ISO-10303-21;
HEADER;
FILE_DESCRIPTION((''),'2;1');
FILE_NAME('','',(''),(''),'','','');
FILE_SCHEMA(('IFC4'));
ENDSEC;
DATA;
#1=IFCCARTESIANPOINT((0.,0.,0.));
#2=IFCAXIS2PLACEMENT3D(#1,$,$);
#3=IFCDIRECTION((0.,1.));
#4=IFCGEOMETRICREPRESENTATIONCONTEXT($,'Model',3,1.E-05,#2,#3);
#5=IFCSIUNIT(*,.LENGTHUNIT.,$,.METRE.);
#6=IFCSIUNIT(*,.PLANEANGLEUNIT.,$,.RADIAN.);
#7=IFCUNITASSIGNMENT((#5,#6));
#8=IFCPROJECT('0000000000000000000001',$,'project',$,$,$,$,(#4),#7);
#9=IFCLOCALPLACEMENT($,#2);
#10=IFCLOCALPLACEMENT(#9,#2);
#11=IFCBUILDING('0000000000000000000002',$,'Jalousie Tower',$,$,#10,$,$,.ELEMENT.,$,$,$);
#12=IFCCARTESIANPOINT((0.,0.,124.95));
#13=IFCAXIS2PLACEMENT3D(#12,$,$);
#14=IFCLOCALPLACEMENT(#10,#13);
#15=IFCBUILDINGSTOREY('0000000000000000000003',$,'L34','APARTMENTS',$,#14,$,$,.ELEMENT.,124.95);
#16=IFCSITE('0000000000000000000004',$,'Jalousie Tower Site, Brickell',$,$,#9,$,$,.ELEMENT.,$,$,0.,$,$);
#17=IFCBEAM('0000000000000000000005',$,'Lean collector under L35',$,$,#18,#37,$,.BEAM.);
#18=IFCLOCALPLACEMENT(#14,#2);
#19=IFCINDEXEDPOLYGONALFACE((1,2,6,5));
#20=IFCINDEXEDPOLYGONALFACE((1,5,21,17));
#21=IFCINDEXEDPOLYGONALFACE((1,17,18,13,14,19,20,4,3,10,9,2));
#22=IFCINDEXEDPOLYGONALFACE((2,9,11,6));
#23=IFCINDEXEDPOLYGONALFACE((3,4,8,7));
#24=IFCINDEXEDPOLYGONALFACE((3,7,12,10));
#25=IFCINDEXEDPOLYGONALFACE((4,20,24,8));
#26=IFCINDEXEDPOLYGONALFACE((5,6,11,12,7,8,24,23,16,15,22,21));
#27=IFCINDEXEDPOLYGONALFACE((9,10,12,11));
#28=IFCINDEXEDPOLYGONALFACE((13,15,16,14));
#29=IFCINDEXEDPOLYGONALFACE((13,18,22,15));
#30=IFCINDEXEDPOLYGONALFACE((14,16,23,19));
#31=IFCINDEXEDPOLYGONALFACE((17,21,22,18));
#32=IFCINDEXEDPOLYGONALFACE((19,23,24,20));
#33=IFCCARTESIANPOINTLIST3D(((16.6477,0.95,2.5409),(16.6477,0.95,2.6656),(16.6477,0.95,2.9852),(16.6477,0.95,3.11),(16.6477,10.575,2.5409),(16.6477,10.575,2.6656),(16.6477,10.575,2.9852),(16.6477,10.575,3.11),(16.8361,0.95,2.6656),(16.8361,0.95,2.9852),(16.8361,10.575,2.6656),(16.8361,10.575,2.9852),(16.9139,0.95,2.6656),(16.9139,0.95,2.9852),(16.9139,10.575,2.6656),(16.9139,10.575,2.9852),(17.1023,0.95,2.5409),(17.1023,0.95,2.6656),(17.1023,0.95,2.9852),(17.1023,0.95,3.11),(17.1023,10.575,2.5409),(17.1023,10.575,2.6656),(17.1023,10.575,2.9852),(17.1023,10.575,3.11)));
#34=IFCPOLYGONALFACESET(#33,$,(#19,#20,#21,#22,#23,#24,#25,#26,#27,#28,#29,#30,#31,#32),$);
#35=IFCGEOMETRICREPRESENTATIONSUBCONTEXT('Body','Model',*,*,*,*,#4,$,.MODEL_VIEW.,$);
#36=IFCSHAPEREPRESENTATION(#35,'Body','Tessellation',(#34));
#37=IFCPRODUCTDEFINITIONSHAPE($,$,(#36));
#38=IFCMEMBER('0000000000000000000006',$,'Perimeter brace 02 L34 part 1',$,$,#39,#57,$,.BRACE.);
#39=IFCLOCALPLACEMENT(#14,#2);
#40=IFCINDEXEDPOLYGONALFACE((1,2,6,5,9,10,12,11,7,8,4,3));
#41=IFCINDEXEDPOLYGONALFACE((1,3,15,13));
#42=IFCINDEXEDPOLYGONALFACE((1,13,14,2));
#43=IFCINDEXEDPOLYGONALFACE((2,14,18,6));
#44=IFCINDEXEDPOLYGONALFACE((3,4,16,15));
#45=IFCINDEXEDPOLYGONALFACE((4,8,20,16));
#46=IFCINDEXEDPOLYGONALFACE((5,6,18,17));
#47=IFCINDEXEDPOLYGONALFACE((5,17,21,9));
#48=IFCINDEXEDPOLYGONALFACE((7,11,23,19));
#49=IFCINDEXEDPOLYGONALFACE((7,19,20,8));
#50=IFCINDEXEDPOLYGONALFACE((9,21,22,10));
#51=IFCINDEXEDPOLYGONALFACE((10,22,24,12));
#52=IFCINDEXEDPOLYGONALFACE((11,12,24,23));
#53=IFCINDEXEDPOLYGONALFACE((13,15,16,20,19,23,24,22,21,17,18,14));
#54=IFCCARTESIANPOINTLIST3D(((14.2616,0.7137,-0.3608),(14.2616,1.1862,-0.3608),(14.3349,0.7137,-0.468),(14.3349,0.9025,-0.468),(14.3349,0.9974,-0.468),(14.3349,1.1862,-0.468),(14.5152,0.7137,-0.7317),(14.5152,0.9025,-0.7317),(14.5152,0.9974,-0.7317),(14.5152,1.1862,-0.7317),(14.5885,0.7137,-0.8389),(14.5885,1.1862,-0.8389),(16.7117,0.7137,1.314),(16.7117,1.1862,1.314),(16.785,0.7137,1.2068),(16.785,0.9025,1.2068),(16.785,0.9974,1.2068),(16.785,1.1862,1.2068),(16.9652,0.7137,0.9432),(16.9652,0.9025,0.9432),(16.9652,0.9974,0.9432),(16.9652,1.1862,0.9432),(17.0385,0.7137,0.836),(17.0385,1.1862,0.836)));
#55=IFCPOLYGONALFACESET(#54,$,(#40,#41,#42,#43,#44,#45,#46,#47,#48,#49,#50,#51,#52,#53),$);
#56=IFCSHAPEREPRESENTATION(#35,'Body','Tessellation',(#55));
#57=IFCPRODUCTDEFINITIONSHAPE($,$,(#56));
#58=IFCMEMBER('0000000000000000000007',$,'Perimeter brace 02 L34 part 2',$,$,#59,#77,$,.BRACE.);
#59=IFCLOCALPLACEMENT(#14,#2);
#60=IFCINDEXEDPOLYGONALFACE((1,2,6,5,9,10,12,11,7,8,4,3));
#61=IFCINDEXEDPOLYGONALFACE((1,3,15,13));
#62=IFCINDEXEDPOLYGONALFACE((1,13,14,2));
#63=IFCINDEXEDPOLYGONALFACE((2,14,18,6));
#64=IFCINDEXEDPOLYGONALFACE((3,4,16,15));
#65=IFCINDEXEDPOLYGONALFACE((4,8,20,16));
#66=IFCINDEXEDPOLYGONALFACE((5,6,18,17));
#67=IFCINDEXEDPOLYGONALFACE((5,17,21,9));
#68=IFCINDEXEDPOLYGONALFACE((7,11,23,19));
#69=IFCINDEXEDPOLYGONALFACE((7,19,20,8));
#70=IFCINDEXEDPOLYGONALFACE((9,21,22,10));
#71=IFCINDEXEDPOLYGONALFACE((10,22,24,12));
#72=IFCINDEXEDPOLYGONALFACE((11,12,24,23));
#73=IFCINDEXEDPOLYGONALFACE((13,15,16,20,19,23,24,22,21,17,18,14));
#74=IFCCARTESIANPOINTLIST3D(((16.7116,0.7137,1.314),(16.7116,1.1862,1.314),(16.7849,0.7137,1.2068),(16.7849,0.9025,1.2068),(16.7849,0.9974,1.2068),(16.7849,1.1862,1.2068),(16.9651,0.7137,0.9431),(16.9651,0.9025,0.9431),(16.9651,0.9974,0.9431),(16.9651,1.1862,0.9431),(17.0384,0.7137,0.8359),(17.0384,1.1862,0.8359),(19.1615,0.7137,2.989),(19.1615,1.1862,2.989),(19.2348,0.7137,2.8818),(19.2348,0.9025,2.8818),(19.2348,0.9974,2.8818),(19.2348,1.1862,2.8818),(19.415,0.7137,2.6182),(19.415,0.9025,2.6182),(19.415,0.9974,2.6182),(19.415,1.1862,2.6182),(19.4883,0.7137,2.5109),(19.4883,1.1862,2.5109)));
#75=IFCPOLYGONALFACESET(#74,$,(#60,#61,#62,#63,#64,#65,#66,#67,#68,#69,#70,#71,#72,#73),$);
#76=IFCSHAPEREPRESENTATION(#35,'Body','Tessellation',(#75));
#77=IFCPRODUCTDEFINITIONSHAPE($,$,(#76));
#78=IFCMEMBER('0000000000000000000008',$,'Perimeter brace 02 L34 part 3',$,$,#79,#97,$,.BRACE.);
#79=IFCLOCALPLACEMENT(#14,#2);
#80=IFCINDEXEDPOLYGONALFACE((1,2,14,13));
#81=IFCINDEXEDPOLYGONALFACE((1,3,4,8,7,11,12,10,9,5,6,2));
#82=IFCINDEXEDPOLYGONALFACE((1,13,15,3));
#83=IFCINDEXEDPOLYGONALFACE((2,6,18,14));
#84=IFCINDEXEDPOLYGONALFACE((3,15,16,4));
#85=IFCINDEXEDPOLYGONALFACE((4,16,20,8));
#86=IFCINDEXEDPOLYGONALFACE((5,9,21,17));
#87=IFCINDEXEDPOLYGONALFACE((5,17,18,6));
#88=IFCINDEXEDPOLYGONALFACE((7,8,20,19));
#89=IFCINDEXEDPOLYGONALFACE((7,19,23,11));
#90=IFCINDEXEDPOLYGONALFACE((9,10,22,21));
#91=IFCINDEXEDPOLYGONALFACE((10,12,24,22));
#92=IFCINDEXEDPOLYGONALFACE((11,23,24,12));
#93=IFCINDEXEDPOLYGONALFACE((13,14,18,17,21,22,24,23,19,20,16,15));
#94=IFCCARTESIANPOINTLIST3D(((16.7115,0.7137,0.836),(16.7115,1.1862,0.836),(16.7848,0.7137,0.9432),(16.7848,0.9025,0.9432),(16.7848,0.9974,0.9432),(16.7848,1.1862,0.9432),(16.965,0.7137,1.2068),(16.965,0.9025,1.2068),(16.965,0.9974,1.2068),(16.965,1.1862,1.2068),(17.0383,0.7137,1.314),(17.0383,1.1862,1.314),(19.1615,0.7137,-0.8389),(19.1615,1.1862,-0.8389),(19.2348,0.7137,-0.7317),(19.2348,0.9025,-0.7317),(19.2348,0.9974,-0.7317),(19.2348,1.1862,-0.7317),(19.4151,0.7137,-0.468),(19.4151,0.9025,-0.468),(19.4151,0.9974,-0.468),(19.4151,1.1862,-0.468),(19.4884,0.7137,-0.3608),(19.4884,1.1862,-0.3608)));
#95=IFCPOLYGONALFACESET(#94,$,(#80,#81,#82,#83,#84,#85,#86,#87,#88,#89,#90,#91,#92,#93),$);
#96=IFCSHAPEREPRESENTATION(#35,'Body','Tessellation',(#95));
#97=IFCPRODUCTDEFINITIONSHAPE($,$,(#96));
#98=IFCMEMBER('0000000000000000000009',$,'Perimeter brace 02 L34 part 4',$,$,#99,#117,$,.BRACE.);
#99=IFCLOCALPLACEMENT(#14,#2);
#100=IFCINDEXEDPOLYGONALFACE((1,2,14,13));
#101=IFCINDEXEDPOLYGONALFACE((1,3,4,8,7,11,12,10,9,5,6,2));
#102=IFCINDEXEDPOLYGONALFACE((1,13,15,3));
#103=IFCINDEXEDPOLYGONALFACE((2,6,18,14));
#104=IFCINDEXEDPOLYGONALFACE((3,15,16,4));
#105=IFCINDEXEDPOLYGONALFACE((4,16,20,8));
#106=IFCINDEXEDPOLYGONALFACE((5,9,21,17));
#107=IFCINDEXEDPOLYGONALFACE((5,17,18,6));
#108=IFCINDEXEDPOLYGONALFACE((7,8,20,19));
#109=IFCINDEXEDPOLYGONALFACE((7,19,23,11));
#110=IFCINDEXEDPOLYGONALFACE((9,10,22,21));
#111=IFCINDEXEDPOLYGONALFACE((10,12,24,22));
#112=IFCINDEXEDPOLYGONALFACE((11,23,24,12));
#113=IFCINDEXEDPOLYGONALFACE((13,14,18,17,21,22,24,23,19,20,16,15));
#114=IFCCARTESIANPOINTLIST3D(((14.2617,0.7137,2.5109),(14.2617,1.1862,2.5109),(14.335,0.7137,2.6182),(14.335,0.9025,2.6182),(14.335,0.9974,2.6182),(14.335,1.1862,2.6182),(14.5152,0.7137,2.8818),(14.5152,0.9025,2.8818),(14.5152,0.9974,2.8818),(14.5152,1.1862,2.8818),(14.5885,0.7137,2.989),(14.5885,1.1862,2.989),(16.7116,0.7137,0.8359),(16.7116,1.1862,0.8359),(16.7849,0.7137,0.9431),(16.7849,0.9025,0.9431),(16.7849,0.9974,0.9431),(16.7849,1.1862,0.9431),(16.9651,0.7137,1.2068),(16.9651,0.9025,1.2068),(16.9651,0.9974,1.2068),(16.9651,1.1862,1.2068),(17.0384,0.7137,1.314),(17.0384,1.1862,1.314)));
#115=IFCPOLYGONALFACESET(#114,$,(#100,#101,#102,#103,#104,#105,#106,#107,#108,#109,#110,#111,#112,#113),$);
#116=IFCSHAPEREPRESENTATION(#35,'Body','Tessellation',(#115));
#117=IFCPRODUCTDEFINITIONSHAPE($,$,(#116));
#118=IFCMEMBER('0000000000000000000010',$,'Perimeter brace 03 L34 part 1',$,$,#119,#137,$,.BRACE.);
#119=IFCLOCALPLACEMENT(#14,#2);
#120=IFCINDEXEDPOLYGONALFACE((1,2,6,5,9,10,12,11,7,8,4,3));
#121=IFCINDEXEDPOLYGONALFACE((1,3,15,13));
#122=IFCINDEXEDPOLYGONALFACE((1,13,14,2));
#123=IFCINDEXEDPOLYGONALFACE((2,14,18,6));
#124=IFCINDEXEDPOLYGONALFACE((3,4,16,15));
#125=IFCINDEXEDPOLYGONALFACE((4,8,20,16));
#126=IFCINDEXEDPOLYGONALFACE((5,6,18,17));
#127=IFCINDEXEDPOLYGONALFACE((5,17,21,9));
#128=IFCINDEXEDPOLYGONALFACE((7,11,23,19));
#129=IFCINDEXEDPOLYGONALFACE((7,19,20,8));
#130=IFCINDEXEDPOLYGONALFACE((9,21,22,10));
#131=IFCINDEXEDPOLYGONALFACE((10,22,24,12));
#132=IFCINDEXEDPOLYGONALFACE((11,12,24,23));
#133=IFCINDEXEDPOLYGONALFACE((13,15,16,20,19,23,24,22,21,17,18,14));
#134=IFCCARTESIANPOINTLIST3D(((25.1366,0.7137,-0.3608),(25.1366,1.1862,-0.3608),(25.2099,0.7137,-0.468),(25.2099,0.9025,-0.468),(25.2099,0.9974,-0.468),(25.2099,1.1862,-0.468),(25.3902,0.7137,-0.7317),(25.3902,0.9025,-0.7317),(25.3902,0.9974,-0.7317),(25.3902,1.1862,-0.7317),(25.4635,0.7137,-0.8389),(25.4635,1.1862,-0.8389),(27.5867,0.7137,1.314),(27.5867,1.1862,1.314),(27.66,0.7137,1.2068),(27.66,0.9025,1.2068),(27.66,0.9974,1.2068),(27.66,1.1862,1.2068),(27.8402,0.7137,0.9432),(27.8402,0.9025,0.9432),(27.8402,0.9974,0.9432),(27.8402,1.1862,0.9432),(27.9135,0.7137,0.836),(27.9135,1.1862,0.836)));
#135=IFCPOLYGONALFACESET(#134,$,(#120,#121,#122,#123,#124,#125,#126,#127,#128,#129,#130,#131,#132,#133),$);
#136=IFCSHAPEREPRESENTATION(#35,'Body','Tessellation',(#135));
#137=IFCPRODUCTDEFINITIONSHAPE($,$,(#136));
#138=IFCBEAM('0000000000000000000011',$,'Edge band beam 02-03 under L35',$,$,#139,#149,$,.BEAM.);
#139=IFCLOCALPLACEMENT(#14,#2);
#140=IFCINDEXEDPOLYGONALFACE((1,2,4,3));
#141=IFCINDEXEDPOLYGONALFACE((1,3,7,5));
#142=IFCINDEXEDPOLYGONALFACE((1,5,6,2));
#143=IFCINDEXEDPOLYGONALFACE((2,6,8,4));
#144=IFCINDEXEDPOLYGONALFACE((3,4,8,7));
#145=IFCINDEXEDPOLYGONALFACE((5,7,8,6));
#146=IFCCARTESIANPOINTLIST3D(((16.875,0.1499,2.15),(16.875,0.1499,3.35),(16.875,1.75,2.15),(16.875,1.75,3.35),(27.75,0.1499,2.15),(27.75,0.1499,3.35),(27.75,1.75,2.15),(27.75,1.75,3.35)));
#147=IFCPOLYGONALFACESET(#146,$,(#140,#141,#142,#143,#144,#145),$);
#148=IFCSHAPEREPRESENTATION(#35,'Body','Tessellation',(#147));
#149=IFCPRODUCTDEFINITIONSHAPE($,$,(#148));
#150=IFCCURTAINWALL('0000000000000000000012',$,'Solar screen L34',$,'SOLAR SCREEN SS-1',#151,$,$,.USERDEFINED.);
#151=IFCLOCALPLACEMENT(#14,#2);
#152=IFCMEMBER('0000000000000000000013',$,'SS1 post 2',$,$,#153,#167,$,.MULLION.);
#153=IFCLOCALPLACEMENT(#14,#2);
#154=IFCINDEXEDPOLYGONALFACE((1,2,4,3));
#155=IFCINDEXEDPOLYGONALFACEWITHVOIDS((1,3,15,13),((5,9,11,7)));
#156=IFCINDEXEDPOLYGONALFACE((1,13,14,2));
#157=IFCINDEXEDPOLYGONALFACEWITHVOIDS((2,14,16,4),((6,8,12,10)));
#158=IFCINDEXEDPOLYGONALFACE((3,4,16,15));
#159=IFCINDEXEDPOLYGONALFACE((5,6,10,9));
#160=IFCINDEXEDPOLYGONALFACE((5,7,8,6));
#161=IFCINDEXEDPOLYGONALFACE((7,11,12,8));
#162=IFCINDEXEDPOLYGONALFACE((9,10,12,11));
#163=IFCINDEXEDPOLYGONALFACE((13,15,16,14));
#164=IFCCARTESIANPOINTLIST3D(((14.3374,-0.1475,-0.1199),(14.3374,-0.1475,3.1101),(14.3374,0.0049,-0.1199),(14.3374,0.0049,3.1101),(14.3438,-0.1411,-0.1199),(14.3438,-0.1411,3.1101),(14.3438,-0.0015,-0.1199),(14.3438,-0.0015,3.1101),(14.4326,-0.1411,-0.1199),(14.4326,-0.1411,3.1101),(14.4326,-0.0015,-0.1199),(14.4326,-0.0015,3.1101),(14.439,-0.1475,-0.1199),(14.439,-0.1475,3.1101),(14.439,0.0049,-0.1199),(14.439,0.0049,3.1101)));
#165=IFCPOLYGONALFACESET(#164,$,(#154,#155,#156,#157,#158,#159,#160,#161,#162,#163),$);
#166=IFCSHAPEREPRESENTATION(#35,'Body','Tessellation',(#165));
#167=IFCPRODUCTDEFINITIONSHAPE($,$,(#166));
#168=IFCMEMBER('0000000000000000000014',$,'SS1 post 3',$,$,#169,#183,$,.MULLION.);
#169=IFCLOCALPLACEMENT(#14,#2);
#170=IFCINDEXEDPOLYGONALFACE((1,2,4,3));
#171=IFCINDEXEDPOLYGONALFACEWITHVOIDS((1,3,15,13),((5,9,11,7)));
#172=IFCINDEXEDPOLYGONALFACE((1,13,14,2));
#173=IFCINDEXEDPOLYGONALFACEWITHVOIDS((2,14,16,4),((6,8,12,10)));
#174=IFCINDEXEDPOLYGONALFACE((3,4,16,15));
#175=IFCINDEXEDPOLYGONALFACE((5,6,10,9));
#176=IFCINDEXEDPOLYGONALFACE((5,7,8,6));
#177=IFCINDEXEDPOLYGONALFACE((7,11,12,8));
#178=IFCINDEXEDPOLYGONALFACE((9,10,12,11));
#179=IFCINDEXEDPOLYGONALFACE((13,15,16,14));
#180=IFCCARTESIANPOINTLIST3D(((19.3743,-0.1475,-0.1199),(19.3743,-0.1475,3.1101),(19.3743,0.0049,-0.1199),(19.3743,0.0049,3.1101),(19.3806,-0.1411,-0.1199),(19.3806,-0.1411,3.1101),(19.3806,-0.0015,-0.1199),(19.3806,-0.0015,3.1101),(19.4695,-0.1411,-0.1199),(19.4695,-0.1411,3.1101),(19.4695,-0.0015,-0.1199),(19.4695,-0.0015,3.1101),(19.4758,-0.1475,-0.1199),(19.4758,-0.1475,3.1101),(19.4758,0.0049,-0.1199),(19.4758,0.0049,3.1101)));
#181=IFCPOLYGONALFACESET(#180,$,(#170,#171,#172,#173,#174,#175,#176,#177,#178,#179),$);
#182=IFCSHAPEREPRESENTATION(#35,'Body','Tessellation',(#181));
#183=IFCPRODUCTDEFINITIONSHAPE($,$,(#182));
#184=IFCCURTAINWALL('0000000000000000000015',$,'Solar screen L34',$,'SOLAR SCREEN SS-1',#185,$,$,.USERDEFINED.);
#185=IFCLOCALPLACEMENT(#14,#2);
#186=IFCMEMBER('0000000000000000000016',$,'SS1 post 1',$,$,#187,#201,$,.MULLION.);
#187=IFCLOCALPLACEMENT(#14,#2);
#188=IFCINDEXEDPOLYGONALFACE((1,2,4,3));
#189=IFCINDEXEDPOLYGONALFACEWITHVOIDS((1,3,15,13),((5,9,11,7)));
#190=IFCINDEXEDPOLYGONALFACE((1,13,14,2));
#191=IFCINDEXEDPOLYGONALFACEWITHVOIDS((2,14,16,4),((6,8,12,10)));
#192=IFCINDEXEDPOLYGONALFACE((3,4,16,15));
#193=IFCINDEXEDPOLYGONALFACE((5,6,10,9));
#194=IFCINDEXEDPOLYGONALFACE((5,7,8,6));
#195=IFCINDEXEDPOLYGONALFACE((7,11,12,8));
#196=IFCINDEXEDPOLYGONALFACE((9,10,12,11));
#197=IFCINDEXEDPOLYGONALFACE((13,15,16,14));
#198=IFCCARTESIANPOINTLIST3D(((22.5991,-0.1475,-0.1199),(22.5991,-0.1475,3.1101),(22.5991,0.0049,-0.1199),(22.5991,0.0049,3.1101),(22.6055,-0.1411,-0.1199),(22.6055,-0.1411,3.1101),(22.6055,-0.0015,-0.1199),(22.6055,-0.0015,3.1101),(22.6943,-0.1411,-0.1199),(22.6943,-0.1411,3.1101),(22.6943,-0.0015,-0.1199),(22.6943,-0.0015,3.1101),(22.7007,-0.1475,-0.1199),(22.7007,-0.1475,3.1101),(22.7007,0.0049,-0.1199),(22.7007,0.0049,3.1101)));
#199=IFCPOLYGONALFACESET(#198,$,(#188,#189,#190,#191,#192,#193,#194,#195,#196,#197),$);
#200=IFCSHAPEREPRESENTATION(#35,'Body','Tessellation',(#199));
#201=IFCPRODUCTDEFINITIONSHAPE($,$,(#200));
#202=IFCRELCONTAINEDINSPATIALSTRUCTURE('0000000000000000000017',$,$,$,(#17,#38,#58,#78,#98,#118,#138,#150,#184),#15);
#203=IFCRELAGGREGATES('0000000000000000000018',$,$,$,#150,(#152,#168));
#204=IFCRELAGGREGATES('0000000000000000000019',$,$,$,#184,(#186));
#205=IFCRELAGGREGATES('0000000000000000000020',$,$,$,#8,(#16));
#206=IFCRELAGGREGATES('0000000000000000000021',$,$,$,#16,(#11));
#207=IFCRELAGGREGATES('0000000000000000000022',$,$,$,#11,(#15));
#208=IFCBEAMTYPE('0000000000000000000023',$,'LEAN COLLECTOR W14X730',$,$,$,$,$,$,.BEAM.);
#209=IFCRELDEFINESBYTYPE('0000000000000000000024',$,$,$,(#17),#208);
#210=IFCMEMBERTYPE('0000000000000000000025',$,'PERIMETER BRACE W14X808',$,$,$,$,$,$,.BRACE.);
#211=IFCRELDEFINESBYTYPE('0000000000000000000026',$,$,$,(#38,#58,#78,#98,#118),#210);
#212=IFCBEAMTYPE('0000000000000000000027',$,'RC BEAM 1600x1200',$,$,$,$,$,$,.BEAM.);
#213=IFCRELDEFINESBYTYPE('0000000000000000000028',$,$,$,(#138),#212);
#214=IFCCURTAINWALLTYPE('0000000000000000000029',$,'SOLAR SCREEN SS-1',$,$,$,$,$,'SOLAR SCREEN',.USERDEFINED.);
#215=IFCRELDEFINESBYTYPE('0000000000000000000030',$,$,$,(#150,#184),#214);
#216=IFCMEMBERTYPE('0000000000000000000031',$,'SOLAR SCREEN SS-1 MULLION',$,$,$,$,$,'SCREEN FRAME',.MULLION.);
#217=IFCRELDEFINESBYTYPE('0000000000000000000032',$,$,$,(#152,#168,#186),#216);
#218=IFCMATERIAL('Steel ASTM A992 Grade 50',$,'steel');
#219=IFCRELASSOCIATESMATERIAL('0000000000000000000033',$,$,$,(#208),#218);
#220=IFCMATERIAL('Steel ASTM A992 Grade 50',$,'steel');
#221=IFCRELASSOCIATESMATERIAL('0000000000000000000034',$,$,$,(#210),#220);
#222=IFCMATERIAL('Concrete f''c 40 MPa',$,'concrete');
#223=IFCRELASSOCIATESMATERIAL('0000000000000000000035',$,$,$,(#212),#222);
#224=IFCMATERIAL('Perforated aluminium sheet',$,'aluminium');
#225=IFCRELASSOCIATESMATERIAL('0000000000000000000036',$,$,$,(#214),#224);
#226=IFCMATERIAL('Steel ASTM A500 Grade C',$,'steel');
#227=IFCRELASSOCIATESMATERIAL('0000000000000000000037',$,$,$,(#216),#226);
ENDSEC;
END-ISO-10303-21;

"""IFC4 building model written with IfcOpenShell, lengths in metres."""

from ifc_helpers import new_model, si_unit, direction, frame, origin, origin_2d, place, context, subcontext, project, spatial, rectangle, hollow_rectangle, i_section, extrude, material, material_profile, profile_set, type_object, element, aggregate, save


model = new_model("IFC4")

# Units and contexts
model_context = context("Model", 3, precision=1e-05, world=origin(), true_north=direction((0.0, 1.0)))
body_context = subcontext(model_context, "Body", "Model", "MODEL_VIEW")
ifc_project = project(units=[si_unit("LENGTHUNIT", "METRE"), si_unit("PLANEANGLEUNIT", "RADIAN")], contexts=[model_context])

# Site, building, storey
site_placement = place(None, origin())
site = spatial("IfcSite", under=ifc_project, at=site_placement, Name="Jalousie Tower Site, Brickell", CompositionType="ELEMENT", RefElevation=0.0)
building_placement = place(site_placement, origin())
building = spatial("IfcBuilding", under=site, at=building_placement, Name="Jalousie Tower", CompositionType="ELEMENT")
storey_placement = place(building_placement, frame((0.0, 0.0, 124.95)))
storey = spatial("IfcBuildingStorey", under=building, at=storey_placement, Name="L34", Description="APARTMENTS", CompositionType="ELEMENT", Elevation=124.95)

# Beam
ifc_material_1 = material(Name="Steel ASTM A992 Grade 50", Category="steel")
ifc_material_profile_1 = material_profile(ifc_material_1, i_section(OverallWidth=0.4546, OverallDepth=0.5691, WebThickness=0.0779, FlangeThickness=0.1248, at=origin_2d()), Name="W14X730")
ifc_profile_set_1 = profile_set([ifc_material_profile_1], Name="Steel ASTM A992 Grade 50")
beam_type_1 = type_object("IfcBeamType", Name="LEAN COLLECTOR W14X730", PredefinedType="BEAM", material=ifc_profile_set_1)
beam_1_placement = place(storey_placement, frame((16.875, 0.95, 2.8254), z_axis=(0.0, 1.0, 0.0), x_axis=(-1.0, 0.0, 0.0)))
element("IfcBeam", 1, at=beam_1_placement, inside=storey, type_object=beam_type_1, Name="Lean collector under L35", PredefinedType="BEAM", context=body_context, shape_type="SweptSolid", body=[
    extrude(i_section(OverallWidth=0.4546, OverallDepth=0.5691, WebThickness=0.0779, FlangeThickness=0.1248, at=origin_2d()), origin(), (0.0, 0.0, 1.0), 9.625),
])

# Members
ifc_material_2 = material(Name="Steel ASTM A992 Grade 50", Category="steel")
ifc_material_profile_2 = material_profile(ifc_material_2, i_section(OverallWidth=0.4724, OverallDepth=0.5791, WebThickness=0.095, FlangeThickness=0.1299, at=origin_2d()), Name="W14X808")
ifc_profile_set_2 = profile_set([ifc_material_profile_2], Name="Steel ASTM A992 Grade 50")
member_type_1 = type_object("IfcMemberType", Name="PERIMETER BRACE W14X808", PredefinedType="BRACE", material=ifc_profile_set_2)
for number, where, z_axis, x_axis, name in (
    (2, (14.425, 0.95, -0.5999), (0.825539, 0.0, 0.564345), (0.0, 1.0, 0.0), "Perimeter brace 02 L34 part 1"),
    (3, (16.875, 0.95, 1.075), (0.825501, 0.0, 0.564401), (0.0, 1.0, 0.0), "Perimeter brace 02 L34 part 2"),
    (4, (19.325, 0.95, -0.5999), (-0.825539, 0.0, 0.564345), (0.0, -1.0, 0.0), "Perimeter brace 02 L34 part 3"),
    (5, (16.875, 0.95, 1.075), (-0.825501, 0.0, 0.564401), (0.0, -1.0, 0.0), "Perimeter brace 02 L34 part 4"),
    (6, (25.3, 0.95, -0.5999), (0.825539, 0.0, 0.564345), (0.0, 1.0, 0.0), "Perimeter brace 03 L34 part 1"),
):
    element("IfcMember", number, at=place(storey_placement, frame(where, z_axis=z_axis, x_axis=x_axis)), inside=storey, type_object=member_type_1, Name=name, PredefinedType="BRACE", context=body_context, shape_type="SweptSolid", body=[
        extrude(i_section(OverallWidth=0.4724, OverallDepth=0.5791, WebThickness=0.095, FlangeThickness=0.1299, at=origin_2d()), origin(), (0.0, 0.0, 1.0), 2.9678),
    ])

# Beam
ifc_material_3 = material(Name="Concrete f'c 40 MPa", Category="concrete")
ifc_material_profile_3 = material_profile(ifc_material_3, rectangle(XDim=1.6001, YDim=1.2, at=origin_2d()), Name="RC 1600x1200")
ifc_profile_set_3 = profile_set([ifc_material_profile_3], Name="Concrete f'c 40 MPa")
beam_type_2 = type_object("IfcBeamType", Name="RC BEAM 1600x1200", PredefinedType="BEAM", material=ifc_profile_set_3)
beam_2_placement = place(storey_placement, frame((16.875, 0.95, 2.75), z_axis=(1.0, 0.0, 0.0), x_axis=(0.0, 1.0, 0.0)))
element("IfcBeam", 7, at=beam_2_placement, inside=storey, type_object=beam_type_2, Name="Edge band beam 02-03 under L35", PredefinedType="BEAM", context=body_context, shape_type="SweptSolid", body=[
    extrude(rectangle(XDim=1.6001, YDim=1.2, at=origin_2d()), origin(), (0.0, 0.0, 1.0), 10.875),
])

# Curtain walls, members
ifc_material_4 = material(Name="Perforated aluminium sheet", Category="aluminium")
curtain_wall_type = type_object("IfcCurtainWallType", Name="SOLAR SCREEN SS-1", ElementType="SOLAR SCREEN", PredefinedType="USERDEFINED", material=ifc_material_4)
curtain_wall_1_placement = place(storey_placement, origin())
curtain_wall_1 = element("IfcCurtainWall", 8, at=curtain_wall_1_placement, inside=storey, type_object=curtain_wall_type, Name="Solar screen L34", ObjectType="SOLAR SCREEN SS-1", PredefinedType="USERDEFINED")
ifc_material_5 = material(Name="Steel ASTM A500 Grade C", Category="steel")
ifc_material_profile_4 = material_profile(ifc_material_5, hollow_rectangle(XDim=0.1016, YDim=0.1523, WallThickness=0.0063, at=origin_2d()), Name="HSS6X4X1/4")
ifc_profile_set_4 = profile_set([ifc_material_profile_4], Name="Steel ASTM A500 Grade C")
member_type_2 = type_object("IfcMemberType", Name="SOLAR SCREEN SS-1 MULLION", ElementType="SCREEN FRAME", PredefinedType="MULLION", material=ifc_profile_set_4)
member_1_placement = place(storey_placement, frame((14.3882, -0.0713, -0.1199), z_axis=(0.0, 0.0, 1.0), x_axis=(1.0, 0.0, 0.0)))
member_1 = element("IfcMember", 9, at=member_1_placement, type_object=member_type_2, Name="SS1 post 2", PredefinedType="MULLION", context=body_context, shape_type="SweptSolid", body=[
    extrude(hollow_rectangle(XDim=0.1016, YDim=0.1523, WallThickness=0.0063, at=origin_2d()), origin(), (0.0, 0.0, 1.0), 3.23),
])
member_2_placement = place(storey_placement, frame((19.425, -0.0713, -0.1199), z_axis=(0.0, 0.0, 1.0), x_axis=(1.0, 0.0, 0.0)))
member_2 = element("IfcMember", 10, at=member_2_placement, type_object=member_type_2, Name="SS1 post 3", PredefinedType="MULLION", context=body_context, shape_type="SweptSolid", body=[
    extrude(hollow_rectangle(XDim=0.1016, YDim=0.1523, WallThickness=0.0063, at=origin_2d()), origin(), (0.0, 0.0, 1.0), 3.23),
])
curtain_wall_2_placement = place(storey_placement, origin())
curtain_wall_2 = element("IfcCurtainWall", 11, at=curtain_wall_2_placement, inside=storey, type_object=curtain_wall_type, Name="Solar screen L34", ObjectType="SOLAR SCREEN SS-1", PredefinedType="USERDEFINED")
member_3_placement = place(storey_placement, frame((22.6499, -0.0713, -0.1199), z_axis=(0.0, 0.0, 1.0), x_axis=(1.0, 0.0, 0.0)))
member_3 = element("IfcMember", 12, at=member_3_placement, type_object=member_type_2, Name="SS1 post 1", PredefinedType="MULLION", context=body_context, shape_type="SweptSolid", body=[
    extrude(hollow_rectangle(XDim=0.1016, YDim=0.1523, WallThickness=0.0063, at=origin_2d()), origin(), (0.0, 0.0, 1.0), 3.23),
])

aggregate(curtain_wall_1, [member_1, member_2])
aggregate(curtain_wall_2, [member_3])

save(model, "model.ifc")
